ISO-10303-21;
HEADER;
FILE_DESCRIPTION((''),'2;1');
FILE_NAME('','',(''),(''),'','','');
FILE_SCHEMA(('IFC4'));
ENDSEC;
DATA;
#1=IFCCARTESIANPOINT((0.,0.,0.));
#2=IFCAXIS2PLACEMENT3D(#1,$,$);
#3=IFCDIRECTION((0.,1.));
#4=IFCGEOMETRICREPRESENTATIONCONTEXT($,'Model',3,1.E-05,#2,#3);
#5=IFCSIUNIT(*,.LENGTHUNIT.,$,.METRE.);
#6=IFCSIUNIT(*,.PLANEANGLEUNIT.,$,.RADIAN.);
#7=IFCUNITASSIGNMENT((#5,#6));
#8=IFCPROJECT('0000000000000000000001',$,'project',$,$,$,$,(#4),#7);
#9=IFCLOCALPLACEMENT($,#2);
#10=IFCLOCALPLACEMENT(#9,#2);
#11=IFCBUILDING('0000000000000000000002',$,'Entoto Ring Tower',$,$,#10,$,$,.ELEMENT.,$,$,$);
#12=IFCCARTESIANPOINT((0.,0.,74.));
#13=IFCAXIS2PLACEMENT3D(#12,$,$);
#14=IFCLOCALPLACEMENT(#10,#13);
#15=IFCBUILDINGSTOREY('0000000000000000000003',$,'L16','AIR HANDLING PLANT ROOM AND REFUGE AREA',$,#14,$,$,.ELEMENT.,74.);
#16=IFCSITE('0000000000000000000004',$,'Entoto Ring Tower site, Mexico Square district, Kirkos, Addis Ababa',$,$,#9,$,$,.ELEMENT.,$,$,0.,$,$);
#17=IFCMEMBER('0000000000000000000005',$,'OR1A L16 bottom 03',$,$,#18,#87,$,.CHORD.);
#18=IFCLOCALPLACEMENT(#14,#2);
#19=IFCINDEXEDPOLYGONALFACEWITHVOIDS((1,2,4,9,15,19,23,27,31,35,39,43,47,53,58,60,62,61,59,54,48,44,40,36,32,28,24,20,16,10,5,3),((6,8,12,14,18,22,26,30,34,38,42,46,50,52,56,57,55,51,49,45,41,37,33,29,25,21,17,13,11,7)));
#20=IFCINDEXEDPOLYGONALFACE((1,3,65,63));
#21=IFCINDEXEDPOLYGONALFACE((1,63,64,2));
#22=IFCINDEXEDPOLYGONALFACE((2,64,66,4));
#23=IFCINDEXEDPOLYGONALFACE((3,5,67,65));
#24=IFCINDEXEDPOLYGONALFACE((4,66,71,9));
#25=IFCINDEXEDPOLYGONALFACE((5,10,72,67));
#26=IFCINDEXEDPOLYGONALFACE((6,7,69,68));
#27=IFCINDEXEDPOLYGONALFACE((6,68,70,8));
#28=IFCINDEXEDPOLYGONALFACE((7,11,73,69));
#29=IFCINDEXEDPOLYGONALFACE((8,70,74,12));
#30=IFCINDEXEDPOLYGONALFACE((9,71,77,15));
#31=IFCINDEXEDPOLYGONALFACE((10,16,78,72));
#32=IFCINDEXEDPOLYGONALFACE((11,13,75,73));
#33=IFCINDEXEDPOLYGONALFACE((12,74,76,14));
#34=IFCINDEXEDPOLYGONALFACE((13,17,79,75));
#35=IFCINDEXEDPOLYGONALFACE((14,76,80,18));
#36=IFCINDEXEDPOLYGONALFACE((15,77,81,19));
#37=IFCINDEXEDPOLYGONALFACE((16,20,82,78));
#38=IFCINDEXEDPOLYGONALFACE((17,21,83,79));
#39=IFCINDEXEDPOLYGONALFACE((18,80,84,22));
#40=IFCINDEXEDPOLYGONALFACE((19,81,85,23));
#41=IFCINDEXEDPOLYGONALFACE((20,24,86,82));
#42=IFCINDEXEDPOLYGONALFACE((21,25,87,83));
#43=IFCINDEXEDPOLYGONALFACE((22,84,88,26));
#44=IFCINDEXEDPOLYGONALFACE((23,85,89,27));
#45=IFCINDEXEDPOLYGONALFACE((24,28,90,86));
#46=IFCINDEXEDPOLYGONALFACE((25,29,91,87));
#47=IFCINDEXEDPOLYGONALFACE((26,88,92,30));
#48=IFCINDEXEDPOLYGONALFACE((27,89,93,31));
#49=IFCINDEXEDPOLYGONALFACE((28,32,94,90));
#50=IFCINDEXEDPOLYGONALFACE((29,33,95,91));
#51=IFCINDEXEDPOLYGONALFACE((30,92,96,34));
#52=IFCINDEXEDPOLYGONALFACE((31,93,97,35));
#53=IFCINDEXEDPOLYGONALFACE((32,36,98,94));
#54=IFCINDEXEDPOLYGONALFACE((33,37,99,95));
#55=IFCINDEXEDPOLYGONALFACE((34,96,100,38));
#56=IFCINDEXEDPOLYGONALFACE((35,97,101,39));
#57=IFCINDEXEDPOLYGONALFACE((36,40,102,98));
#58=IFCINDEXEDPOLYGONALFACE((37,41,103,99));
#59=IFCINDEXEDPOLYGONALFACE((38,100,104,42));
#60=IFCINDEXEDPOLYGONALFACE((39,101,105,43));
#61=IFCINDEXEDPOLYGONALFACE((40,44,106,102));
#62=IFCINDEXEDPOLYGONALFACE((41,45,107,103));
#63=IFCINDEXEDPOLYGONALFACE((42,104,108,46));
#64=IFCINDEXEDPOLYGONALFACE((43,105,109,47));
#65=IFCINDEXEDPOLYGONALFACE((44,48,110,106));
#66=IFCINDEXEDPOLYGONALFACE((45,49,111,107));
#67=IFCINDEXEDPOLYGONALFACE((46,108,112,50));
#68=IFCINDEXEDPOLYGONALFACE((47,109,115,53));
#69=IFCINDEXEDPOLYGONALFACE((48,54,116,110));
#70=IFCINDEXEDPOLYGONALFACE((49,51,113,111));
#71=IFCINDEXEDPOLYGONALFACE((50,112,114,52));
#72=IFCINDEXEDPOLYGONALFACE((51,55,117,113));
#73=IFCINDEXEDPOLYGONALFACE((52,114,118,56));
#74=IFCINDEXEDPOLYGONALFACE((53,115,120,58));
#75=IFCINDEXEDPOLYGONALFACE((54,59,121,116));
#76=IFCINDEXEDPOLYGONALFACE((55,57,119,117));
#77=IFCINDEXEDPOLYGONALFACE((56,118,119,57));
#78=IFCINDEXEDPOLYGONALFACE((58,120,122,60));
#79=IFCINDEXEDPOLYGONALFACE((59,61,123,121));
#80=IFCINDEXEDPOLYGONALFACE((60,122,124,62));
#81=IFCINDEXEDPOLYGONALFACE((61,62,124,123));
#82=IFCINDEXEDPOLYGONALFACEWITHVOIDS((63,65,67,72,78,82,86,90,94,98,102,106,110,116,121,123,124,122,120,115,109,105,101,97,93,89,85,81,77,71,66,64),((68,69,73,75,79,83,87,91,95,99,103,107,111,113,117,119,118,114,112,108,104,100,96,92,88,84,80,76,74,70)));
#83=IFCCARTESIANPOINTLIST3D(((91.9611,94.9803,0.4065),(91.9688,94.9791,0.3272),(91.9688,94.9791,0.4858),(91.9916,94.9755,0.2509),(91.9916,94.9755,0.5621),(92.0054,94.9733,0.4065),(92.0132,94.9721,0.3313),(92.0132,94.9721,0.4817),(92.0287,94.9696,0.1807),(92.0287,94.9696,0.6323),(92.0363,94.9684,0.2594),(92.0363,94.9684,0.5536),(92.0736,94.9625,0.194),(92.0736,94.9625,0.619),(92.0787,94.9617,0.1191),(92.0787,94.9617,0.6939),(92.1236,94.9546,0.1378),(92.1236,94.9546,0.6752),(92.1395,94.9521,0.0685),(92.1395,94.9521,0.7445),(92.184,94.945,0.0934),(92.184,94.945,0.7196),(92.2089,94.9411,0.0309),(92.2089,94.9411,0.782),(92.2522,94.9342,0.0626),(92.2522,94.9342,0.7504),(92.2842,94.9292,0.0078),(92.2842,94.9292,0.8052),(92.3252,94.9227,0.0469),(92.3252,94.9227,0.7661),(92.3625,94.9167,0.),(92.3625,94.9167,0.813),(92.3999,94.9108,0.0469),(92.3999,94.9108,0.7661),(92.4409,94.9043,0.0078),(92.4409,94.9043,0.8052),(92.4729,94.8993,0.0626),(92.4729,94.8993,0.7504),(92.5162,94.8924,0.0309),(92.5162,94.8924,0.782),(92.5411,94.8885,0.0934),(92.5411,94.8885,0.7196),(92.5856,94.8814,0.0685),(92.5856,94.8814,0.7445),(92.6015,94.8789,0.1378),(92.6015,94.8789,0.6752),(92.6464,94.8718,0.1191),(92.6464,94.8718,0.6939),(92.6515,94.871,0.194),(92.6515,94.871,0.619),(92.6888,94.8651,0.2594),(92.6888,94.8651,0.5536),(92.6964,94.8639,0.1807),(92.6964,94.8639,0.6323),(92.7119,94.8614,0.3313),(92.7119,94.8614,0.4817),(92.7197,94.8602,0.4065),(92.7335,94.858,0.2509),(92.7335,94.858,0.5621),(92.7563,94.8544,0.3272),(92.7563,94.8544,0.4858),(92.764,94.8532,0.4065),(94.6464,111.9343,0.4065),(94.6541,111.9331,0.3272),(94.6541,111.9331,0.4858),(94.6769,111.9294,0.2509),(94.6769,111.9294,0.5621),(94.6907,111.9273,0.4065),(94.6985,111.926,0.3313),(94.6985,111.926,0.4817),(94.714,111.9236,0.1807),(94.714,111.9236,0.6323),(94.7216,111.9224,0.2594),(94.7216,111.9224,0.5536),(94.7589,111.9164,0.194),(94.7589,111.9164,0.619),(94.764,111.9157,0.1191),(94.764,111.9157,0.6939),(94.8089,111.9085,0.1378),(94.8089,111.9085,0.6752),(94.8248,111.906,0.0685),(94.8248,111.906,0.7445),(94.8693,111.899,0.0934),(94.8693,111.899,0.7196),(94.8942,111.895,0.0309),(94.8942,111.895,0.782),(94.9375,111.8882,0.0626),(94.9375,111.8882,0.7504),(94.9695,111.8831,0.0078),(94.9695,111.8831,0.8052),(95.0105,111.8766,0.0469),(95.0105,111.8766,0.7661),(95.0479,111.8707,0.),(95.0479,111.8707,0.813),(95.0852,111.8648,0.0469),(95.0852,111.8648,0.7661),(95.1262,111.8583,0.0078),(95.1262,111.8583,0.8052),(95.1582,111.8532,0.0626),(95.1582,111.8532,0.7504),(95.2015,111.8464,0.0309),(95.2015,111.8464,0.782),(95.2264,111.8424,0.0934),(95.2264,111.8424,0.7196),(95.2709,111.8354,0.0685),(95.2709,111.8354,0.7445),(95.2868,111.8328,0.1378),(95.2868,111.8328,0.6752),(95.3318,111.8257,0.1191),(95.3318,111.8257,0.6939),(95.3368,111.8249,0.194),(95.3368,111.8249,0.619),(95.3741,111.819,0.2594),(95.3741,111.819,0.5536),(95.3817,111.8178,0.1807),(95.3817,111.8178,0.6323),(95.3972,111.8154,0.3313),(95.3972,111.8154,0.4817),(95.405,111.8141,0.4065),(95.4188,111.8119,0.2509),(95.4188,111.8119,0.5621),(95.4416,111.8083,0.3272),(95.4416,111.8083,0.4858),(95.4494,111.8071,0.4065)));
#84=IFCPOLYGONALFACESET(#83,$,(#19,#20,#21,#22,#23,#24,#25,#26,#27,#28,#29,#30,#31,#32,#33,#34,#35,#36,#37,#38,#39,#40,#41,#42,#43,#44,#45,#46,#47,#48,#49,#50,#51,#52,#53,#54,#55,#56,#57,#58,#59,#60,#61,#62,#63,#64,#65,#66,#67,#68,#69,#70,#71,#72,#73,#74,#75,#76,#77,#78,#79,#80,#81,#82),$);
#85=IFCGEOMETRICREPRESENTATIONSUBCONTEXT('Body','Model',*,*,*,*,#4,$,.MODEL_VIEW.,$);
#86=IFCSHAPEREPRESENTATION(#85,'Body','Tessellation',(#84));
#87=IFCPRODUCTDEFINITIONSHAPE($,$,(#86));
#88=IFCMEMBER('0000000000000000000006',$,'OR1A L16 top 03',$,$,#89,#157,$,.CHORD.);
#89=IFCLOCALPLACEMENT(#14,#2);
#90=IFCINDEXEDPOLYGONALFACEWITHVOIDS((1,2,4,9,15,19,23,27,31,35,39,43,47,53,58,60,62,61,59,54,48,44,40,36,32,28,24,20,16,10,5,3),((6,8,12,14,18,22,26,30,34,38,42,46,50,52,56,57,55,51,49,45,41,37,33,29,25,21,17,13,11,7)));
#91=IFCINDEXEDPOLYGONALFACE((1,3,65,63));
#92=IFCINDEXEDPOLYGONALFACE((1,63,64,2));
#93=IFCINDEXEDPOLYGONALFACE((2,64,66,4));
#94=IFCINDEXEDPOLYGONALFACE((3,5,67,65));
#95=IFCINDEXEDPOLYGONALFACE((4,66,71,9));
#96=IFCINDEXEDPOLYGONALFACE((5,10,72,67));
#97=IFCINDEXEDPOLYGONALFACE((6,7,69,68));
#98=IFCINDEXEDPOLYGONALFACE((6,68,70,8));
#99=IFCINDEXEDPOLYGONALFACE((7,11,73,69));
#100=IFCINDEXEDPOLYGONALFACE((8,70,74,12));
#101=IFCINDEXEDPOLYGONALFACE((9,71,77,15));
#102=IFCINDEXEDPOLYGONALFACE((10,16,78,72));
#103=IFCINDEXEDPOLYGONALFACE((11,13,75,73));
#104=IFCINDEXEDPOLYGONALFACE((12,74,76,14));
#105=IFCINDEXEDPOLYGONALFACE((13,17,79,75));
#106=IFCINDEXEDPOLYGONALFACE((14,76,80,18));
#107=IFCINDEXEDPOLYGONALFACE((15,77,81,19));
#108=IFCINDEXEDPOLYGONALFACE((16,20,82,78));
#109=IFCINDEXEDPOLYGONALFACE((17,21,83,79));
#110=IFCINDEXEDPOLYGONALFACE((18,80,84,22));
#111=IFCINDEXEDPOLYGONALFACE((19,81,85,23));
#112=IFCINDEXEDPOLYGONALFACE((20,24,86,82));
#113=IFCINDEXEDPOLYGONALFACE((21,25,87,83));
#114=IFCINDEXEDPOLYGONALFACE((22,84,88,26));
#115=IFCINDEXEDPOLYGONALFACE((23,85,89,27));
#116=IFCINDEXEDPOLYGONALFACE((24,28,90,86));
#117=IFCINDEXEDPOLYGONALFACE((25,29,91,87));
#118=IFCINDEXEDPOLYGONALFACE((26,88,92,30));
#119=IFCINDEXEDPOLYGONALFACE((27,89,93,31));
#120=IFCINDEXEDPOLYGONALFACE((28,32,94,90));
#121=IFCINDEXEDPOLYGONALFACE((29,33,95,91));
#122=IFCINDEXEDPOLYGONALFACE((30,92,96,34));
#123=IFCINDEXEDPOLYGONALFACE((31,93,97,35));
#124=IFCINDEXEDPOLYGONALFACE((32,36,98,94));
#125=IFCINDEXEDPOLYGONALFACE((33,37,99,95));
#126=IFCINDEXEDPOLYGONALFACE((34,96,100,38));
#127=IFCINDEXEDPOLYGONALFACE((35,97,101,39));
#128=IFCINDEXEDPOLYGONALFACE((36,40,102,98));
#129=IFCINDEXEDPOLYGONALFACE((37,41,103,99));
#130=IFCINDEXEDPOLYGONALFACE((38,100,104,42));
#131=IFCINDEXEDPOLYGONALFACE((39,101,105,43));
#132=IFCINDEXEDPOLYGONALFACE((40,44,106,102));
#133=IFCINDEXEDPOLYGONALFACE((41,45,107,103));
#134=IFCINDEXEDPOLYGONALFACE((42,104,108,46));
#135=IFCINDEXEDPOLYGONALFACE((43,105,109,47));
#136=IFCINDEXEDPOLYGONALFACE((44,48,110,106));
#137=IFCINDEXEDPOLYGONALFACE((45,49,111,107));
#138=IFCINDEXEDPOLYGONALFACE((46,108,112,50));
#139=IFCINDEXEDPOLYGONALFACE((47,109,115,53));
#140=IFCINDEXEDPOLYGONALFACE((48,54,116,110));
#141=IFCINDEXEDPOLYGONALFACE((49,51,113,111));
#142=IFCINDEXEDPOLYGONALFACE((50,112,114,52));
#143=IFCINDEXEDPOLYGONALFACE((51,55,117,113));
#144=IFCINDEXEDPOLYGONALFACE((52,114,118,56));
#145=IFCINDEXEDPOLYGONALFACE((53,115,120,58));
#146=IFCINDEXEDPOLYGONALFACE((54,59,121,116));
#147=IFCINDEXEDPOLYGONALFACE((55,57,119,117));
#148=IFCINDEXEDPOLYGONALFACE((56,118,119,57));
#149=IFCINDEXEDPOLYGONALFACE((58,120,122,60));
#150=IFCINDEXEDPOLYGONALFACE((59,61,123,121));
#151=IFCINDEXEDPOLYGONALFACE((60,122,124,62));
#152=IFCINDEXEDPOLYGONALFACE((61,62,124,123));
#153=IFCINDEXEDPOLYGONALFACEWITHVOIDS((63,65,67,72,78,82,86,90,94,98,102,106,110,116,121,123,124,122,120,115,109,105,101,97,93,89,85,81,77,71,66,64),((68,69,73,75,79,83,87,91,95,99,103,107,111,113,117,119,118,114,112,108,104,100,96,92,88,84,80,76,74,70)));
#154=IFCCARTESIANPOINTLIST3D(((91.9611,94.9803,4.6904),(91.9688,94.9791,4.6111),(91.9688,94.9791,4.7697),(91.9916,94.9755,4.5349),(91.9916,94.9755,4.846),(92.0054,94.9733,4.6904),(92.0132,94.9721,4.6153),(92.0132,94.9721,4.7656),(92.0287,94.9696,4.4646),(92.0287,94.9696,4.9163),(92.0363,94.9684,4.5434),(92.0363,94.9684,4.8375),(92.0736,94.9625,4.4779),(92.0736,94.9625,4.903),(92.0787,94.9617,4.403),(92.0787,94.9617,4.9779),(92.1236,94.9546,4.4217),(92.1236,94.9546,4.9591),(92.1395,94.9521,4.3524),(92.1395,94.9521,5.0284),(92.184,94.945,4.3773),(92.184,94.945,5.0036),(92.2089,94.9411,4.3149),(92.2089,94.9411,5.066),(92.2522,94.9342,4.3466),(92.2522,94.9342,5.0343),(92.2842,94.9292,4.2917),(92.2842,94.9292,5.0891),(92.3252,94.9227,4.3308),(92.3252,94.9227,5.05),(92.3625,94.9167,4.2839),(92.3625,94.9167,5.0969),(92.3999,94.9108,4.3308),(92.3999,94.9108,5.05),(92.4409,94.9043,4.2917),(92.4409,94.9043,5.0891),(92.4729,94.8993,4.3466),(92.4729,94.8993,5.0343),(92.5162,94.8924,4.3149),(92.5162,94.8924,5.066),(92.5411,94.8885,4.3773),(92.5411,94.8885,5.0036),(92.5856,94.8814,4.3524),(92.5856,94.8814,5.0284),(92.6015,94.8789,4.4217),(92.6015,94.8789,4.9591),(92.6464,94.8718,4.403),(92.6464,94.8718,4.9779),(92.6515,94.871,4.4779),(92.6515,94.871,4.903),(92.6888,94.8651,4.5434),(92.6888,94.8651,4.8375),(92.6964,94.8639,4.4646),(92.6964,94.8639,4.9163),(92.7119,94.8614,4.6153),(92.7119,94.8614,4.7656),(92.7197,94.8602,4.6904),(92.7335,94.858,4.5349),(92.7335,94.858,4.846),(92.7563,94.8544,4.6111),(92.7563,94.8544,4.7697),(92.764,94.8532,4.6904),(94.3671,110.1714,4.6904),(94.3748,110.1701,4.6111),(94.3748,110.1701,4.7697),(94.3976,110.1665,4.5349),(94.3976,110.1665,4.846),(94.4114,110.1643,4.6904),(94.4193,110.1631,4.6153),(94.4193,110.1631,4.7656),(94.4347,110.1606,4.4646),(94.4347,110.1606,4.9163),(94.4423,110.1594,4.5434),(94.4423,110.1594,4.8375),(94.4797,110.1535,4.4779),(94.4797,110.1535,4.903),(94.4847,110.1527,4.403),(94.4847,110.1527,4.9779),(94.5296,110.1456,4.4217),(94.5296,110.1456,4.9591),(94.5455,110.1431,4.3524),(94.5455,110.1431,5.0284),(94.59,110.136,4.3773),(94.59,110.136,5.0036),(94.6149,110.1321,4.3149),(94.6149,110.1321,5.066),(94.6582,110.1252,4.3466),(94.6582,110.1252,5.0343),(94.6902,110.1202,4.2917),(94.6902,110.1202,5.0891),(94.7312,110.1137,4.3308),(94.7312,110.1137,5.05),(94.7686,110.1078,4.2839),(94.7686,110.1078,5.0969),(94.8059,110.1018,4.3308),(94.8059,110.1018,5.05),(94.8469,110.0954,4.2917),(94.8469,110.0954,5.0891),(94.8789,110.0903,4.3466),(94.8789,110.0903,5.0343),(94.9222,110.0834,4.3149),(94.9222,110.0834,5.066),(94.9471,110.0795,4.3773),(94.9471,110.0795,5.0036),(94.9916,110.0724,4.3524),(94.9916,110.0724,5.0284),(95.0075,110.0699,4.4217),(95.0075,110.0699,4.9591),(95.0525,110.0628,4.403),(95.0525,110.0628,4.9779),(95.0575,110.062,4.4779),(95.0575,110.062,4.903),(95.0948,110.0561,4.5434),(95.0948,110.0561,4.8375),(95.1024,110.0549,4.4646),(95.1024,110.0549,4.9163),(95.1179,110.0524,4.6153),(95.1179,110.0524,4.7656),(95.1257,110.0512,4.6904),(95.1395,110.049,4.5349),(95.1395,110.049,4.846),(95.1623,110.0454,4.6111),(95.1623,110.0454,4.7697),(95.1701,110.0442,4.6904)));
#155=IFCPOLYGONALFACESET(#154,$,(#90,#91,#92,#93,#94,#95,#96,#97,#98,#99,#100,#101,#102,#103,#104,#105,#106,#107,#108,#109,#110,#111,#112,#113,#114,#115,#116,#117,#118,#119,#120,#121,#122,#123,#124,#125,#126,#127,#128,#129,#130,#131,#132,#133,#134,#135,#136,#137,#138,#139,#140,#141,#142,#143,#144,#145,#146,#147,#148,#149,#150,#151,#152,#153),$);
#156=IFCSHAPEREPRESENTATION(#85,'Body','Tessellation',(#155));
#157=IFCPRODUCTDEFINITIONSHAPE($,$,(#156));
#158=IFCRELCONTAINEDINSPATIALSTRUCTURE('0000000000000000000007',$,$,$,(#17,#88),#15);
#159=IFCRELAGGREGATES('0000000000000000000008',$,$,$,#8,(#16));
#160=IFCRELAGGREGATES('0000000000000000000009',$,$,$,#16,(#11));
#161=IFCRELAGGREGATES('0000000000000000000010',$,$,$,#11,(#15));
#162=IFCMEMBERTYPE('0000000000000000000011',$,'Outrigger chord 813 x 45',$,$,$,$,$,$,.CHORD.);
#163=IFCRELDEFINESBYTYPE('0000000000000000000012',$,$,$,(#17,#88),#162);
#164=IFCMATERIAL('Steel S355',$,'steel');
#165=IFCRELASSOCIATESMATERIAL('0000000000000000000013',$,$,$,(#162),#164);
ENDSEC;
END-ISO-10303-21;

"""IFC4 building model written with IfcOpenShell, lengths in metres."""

from ifc_helpers import new_model, si_unit, direction, frame, origin, origin_2d, place, context, subcontext, project, spatial, circle, hollow_circle, extrude, material, material_profile, profile_set, type_object, element, save


model = new_model("IFC4")

# Units and contexts
model_context = context("Model", 3, precision=1e-05, world=origin(), true_north=direction((0.0, 1.0)))
body_context = subcontext(model_context, "Body", "Model", "MODEL_VIEW")
ifc_project = project(units=[si_unit("LENGTHUNIT", "METRE"), si_unit("PLANEANGLEUNIT", "RADIAN")], contexts=[model_context])

# Site, building, storey
site_placement = place(None, origin())
site = spatial("IfcSite", under=ifc_project, at=site_placement, Name="Entoto Ring Tower site, Mexico Square district, Kirkos, Addis Ababa", CompositionType="ELEMENT", RefElevation=0.0)
building_placement = place(site_placement, origin())
building = spatial("IfcBuilding", under=site, at=building_placement, Name="Entoto Ring Tower", CompositionType="ELEMENT")
storey_placement = place(building_placement, frame((0.0, 0.0, 74.0)))
storey = spatial("IfcBuildingStorey", under=building, at=storey_placement, Name="L16", Description="AIR HANDLING PLANT ROOM AND REFUGE AREA", CompositionType="ELEMENT", Elevation=74.0)

# Members
ifc_material_1 = material(Name="Steel S355", Category="steel")
ifc_material_profile_1 = material_profile(ifc_material_1, hollow_circle(Radius=0.4065, WallThickness=0.0449, at=origin_2d()), Name="CHS 813 x 45")
ifc_material_2 = material(Name="Concrete C60/75", Category="concrete")
ifc_material_profile_2 = material_profile(ifc_material_2, circle(Radius=0.3616, at=origin_2d()), Name="Concrete C60/75 infill")
ifc_profile_set_1 = profile_set([ifc_material_profile_1, ifc_material_profile_2], Name="Steel S355")
member_type_1 = type_object("IfcMemberType", Name="Outrigger chord 813 x 45", PredefinedType="CHORD", material=ifc_profile_set_1)
member_1_placement = place(storey_placement, frame((92.3625, 94.9167, 0.4065), z_axis=(0.156439, 0.987688, 0.0), x_axis=(-0.987688, 0.156439, 0.0)))
element("IfcMember", 1, at=member_1_placement, inside=storey, type_object=member_type_1, Name="OR1A L16 bottom 03", PredefinedType="CHORD", context=body_context, shape_type="SweptSolid", body=[
    extrude(hollow_circle(Radius=0.4065, WallThickness=0.0449, at=origin_2d()), origin(), (0.0, 0.0, 1.0), 17.1653),
])
member_2_placement = place(storey_placement, frame((92.3625, 94.9167, 4.6904), z_axis=(0.156435, 0.987688, 0.0), x_axis=(-0.987688, 0.156435, 0.0)))
element("IfcMember", 2, at=member_2_placement, inside=storey, type_object=member_type_1, Name="OR1A L16 top 03", PredefinedType="CHORD", context=body_context, shape_type="SweptSolid", body=[
    extrude(hollow_circle(Radius=0.4065, WallThickness=0.0449, at=origin_2d()), origin(), (0.0, 0.0, 1.0), 15.3804),
])

save(model, "model.ifc")
